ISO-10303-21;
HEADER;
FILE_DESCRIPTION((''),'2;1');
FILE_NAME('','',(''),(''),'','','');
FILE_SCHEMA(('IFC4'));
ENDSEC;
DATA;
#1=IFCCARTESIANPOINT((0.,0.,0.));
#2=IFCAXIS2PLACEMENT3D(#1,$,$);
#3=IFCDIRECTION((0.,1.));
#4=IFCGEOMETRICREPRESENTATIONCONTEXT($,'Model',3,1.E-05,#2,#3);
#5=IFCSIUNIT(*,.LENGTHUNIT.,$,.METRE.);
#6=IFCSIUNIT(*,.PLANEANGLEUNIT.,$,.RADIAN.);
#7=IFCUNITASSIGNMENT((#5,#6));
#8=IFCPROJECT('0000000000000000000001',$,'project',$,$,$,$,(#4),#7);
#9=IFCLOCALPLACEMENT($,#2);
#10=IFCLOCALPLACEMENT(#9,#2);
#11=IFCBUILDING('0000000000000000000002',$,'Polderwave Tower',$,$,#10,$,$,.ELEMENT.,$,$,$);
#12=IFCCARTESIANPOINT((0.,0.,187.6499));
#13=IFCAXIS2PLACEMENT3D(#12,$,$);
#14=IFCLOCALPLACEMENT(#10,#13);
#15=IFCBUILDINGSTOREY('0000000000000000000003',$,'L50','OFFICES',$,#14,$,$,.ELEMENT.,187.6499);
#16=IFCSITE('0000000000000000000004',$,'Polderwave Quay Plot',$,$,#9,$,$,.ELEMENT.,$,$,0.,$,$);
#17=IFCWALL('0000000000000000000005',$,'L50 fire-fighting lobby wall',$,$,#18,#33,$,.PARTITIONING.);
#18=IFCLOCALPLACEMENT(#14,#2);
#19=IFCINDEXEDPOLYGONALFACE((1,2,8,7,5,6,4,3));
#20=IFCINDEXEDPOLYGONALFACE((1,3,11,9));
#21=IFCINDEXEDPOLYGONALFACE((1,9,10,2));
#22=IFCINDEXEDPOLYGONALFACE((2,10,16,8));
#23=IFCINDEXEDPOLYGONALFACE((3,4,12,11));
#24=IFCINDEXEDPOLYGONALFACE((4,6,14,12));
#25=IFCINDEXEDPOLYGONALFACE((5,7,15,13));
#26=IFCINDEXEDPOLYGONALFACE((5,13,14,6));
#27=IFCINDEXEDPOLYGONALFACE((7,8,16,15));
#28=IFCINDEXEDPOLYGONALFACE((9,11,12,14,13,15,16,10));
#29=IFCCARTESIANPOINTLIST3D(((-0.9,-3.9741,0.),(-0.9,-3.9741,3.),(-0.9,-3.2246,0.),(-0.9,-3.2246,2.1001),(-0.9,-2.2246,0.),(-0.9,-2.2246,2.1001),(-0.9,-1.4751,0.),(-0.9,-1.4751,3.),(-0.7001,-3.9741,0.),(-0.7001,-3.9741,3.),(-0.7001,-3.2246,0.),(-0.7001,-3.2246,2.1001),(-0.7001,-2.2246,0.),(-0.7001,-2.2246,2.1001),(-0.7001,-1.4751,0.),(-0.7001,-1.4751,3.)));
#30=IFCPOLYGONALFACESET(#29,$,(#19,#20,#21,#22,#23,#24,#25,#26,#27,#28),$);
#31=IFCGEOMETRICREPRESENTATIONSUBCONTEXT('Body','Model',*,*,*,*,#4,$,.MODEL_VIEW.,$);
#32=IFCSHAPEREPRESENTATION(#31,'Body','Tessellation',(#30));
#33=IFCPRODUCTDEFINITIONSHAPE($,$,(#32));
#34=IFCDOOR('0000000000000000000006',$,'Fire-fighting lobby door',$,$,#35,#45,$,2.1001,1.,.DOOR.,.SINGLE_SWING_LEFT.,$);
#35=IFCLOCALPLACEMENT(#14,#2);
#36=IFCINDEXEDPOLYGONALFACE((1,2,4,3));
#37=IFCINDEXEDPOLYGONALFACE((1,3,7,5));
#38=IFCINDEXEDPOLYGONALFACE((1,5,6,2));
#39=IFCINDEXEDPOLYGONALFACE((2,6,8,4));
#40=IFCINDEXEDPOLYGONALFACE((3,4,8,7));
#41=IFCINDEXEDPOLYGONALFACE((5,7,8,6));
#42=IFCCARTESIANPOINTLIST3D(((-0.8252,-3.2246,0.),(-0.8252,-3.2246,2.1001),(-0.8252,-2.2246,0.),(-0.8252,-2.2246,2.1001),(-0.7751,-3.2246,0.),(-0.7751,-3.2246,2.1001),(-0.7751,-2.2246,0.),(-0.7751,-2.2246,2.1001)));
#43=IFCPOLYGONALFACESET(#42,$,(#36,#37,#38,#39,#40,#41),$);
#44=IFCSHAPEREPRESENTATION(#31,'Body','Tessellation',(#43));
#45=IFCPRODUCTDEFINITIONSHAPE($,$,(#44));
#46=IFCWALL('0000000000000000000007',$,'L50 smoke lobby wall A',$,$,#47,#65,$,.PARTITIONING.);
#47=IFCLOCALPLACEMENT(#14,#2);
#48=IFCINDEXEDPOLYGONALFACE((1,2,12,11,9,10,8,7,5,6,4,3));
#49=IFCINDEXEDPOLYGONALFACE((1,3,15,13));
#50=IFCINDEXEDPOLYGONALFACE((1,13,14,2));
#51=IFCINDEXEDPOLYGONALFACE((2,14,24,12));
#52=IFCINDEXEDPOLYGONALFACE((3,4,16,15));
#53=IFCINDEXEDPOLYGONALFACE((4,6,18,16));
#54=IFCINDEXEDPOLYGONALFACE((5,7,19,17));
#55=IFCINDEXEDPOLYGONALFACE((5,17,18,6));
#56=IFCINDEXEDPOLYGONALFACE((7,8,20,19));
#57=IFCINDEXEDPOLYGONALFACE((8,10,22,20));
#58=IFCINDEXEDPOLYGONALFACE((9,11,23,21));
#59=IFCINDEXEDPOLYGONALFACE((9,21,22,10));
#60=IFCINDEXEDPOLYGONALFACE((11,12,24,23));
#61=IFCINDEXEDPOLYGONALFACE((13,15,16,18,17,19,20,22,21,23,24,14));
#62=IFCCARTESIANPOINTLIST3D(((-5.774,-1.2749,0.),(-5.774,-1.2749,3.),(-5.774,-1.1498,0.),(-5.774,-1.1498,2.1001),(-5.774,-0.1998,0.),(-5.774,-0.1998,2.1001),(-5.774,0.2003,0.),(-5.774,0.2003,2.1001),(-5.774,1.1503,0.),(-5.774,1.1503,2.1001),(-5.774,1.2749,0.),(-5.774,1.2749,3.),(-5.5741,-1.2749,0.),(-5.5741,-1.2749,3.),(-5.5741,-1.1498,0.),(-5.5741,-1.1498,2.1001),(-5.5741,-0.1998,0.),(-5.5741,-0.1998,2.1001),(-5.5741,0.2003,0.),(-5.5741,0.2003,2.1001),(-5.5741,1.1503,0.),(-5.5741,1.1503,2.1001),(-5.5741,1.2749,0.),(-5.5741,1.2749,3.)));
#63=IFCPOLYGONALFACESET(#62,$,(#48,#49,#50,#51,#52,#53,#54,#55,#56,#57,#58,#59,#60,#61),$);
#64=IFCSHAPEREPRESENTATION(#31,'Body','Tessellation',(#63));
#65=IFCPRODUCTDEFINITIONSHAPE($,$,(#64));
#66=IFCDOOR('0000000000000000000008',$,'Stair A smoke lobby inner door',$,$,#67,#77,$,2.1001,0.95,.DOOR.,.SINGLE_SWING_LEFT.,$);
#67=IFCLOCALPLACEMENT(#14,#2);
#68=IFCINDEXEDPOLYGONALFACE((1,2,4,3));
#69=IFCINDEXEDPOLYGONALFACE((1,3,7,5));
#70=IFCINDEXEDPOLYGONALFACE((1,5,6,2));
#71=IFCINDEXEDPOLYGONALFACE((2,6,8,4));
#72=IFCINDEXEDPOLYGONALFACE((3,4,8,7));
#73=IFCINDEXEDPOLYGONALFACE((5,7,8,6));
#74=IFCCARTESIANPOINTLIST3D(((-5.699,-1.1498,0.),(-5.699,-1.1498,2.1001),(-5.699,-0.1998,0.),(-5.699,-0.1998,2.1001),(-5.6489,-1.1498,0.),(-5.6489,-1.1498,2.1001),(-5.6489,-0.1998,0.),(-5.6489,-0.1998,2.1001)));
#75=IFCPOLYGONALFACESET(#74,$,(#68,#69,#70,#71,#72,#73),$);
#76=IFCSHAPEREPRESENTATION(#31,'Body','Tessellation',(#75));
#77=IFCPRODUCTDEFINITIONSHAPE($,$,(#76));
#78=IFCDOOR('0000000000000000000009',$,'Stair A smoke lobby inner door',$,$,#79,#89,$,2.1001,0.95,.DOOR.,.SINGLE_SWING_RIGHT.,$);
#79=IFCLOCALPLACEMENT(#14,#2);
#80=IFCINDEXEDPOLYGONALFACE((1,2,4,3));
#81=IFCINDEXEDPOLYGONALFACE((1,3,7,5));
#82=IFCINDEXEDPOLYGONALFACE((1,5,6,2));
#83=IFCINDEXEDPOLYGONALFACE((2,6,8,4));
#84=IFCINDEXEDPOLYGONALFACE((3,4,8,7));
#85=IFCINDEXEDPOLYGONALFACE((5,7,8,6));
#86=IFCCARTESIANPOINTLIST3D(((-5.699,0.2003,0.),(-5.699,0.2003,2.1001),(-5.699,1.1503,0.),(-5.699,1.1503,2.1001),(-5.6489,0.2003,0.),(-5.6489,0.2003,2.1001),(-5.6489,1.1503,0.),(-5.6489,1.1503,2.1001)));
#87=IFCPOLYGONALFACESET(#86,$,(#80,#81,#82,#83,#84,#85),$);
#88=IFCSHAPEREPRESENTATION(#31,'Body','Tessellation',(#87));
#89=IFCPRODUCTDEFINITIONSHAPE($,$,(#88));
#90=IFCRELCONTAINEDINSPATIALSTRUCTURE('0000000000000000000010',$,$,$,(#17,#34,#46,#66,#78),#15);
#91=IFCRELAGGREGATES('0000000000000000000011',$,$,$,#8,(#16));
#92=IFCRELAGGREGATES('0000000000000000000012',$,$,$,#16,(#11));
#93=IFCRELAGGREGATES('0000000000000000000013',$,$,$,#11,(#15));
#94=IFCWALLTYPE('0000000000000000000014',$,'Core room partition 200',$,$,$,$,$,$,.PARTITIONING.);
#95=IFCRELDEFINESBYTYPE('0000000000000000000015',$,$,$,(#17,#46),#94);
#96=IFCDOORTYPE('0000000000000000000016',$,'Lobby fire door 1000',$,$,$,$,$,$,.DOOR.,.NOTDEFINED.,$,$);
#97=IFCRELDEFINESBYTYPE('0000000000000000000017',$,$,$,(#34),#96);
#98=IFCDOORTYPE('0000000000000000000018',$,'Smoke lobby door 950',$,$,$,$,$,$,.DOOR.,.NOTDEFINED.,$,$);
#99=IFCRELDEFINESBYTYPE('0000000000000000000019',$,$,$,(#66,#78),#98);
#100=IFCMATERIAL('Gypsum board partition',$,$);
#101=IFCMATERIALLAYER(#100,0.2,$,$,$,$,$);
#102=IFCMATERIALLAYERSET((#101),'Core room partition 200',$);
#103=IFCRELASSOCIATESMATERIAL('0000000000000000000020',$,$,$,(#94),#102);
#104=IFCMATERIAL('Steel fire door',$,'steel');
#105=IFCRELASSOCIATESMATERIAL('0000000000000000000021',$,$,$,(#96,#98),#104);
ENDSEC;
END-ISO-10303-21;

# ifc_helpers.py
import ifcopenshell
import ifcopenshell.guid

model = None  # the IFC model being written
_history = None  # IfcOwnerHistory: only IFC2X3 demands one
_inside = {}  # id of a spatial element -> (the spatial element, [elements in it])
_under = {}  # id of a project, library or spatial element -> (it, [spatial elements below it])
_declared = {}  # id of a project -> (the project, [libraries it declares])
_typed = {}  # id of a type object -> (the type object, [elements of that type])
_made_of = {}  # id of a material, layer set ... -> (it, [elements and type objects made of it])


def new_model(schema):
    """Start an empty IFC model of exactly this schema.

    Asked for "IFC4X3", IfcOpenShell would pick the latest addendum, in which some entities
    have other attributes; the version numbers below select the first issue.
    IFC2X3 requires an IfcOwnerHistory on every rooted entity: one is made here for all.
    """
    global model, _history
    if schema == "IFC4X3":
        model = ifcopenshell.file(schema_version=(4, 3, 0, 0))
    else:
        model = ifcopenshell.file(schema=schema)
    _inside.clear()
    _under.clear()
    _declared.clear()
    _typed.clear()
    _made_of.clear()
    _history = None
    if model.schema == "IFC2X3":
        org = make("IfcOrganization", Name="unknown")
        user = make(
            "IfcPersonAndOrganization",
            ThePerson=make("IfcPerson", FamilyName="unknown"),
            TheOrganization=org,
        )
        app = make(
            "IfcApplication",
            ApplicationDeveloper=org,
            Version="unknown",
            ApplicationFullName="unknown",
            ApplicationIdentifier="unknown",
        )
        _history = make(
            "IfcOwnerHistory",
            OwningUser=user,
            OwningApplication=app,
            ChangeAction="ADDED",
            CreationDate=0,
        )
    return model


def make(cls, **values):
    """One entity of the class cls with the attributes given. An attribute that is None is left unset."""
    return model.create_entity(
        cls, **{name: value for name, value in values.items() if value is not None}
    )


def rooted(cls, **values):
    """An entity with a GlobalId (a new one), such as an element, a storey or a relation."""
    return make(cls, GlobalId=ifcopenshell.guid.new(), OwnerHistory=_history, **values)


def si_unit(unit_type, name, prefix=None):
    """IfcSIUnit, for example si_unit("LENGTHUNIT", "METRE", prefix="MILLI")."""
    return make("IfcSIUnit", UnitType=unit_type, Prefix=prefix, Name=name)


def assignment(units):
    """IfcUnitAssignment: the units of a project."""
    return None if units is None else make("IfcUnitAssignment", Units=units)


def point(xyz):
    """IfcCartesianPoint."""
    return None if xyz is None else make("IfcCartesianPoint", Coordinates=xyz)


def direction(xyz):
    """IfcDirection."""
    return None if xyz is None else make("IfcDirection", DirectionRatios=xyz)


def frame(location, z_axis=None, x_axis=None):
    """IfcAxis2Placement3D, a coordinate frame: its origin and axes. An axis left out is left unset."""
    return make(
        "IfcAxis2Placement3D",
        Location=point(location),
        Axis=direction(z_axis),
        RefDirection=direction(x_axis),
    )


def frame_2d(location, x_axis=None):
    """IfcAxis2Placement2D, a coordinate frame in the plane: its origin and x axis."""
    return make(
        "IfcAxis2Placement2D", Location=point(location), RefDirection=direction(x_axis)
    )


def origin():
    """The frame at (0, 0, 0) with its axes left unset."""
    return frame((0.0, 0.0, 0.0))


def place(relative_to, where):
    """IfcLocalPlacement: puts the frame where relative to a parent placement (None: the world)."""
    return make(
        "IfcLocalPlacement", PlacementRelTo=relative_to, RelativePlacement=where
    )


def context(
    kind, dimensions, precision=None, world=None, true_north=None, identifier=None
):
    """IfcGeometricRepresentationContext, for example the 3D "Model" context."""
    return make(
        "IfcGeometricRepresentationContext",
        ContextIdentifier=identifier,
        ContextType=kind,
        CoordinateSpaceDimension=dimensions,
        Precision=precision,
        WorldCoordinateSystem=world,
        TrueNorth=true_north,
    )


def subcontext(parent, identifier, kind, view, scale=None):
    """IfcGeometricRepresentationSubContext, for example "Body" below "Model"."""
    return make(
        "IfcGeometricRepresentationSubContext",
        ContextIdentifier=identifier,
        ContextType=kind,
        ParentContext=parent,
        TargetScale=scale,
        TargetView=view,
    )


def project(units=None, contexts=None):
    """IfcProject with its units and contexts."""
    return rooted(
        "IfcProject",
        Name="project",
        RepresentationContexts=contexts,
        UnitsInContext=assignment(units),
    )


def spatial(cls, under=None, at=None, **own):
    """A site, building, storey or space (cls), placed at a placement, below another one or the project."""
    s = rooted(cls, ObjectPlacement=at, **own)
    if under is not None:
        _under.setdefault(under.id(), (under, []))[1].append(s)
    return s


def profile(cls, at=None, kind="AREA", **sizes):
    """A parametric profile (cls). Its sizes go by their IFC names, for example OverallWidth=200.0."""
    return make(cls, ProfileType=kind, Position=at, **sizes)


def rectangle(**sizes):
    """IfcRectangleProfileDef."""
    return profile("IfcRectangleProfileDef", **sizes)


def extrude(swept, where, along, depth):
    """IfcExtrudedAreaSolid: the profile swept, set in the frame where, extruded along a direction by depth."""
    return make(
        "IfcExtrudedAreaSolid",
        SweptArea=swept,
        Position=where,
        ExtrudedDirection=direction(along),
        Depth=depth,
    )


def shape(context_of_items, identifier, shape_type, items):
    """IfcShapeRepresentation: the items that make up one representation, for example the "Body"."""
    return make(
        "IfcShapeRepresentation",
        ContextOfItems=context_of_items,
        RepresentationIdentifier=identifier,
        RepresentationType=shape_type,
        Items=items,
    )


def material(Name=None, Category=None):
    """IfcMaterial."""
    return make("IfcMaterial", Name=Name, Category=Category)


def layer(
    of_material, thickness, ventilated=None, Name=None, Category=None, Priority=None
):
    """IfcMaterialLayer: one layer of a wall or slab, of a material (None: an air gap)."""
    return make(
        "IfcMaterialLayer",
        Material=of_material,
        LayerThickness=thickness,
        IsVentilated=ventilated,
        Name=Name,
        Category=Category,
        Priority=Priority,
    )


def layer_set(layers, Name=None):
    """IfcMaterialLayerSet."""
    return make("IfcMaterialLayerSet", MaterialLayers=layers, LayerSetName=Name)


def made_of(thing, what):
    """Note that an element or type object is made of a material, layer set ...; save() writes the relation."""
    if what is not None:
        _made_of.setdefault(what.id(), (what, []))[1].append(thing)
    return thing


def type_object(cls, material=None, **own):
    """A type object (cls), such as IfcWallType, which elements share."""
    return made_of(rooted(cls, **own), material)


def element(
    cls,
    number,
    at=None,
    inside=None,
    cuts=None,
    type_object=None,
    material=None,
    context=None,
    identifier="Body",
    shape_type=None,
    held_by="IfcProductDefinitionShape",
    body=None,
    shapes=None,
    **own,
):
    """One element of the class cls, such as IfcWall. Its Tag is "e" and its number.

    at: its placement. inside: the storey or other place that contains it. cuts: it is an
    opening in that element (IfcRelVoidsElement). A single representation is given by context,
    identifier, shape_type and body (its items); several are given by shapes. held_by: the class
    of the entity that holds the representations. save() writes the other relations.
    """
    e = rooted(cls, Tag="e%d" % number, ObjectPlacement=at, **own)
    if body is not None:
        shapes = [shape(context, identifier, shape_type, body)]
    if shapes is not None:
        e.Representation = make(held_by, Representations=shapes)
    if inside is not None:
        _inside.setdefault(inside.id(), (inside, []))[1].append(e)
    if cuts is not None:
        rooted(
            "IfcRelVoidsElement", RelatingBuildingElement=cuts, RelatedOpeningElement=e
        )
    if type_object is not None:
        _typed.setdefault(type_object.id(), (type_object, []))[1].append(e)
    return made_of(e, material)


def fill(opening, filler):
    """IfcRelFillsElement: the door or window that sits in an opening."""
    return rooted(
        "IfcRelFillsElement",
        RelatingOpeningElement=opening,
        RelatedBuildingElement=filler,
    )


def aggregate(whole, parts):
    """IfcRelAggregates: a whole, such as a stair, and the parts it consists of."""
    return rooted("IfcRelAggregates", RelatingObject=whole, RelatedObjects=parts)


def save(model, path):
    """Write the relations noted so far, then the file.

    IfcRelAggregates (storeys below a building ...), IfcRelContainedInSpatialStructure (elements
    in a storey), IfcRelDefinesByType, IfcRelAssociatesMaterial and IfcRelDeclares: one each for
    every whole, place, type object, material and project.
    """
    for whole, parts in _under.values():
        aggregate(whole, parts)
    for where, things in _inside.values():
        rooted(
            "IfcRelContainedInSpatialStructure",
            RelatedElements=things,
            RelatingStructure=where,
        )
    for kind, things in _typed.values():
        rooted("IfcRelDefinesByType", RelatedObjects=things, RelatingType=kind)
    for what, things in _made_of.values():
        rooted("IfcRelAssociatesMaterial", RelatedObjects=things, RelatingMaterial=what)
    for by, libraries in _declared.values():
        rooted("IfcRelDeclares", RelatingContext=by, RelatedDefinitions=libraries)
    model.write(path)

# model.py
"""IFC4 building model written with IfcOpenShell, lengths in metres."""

from ifc_helpers import new_model, si_unit, direction, frame, frame_2d, origin, place, context, subcontext, project, spatial, rectangle, extrude, material, layer, layer_set, type_object, element, fill, save


model = new_model("IFC4")

# Units and contexts
model_context = context("Model", 3, precision=1e-05, world=origin(), true_north=direction((0.0, 1.0)))
body_context = subcontext(model_context, "Body", "Model", "MODEL_VIEW")
ifc_project = project(units=[si_unit("LENGTHUNIT", "METRE"), si_unit("PLANEANGLEUNIT", "RADIAN")], contexts=[model_context])

# Site, building, storey
site_placement = place(None, origin())
site = spatial("IfcSite", under=ifc_project, at=site_placement, Name="Polderwave Quay Plot", CompositionType="ELEMENT", RefElevation=0.0)
building_placement = place(site_placement, origin())
building = spatial("IfcBuilding", under=site, at=building_placement, Name="Polderwave Tower", CompositionType="ELEMENT")
storey_placement = place(building_placement, frame((0.0, 0.0, 187.6499)))
storey = spatial("IfcBuildingStorey", under=building, at=storey_placement, Name="L50", Description="OFFICES", CompositionType="ELEMENT", Elevation=187.6499)

# Wall, opening, door
ifc_material_1 = material(Name="Gypsum board partition")
ifc_layer_1 = layer(ifc_material_1, 0.2)
ifc_layer_set_1 = layer_set([ifc_layer_1], Name="Core room partition 200")
wall_type_1 = type_object("IfcWallType", Name="Core room partition 200", PredefinedType="PARTITIONING", material=ifc_layer_set_1)
wall_1_placement = place(storey_placement, frame((-0.8, -3.9741, 0.0), z_axis=(0.0, 0.0, 1.0), x_axis=(0.0, 1.0, 0.0)))
wall_1 = element("IfcWall", 1, at=wall_1_placement, inside=storey, type_object=wall_type_1, Name="L50 fire-fighting lobby wall", PredefinedType="PARTITIONING", context=body_context, shape_type="SweptSolid", body=[
    extrude(rectangle(XDim=2.499, YDim=0.2, at=frame_2d((1.2495, 0.0))), origin(), (0.0, 0.0, 1.0), 3.0),
])
opening_1_placement = place(wall_1_placement, frame((0.7495, 0.0, 0.0)))
opening_1 = element("IfcOpeningElement", 2, at=opening_1_placement, cuts=wall_1, PredefinedType="OPENING", context=body_context, shape_type="SweptSolid", body=[
    extrude(rectangle(XDim=1.0, YDim=2.1001, at=frame_2d((0.5, 1.05))), frame((0.0, 0.1099, 0.0), z_axis=(0.0, -1.0, 0.0), x_axis=(1.0, 0.0, 0.0)), (0.0, 0.0, 1.0), 0.22),
])
ifc_material_2 = material(Name="Steel fire door", Category="steel")
door_type_1 = type_object("IfcDoorType", Name="Lobby fire door 1000", OperationType="NOTDEFINED", PredefinedType="DOOR", material=ifc_material_2)
door_1_placement = place(opening_1_placement, frame((1.0, 0.0, 0.0), z_axis=(0.0, 0.0, 1.0), x_axis=(-1.0, 0.0, 0.0)))
door_1 = element("IfcDoor", 3, at=door_1_placement, inside=storey, type_object=door_type_1, Name="Fire-fighting lobby door", OperationType="SINGLE_SWING_LEFT", OverallHeight=2.1001, OverallWidth=1.0, PredefinedType="DOOR", context=body_context, shape_type="SweptSolid", body=[
    extrude(rectangle(XDim=1.0, YDim=2.1001, at=frame_2d((0.5, 1.05))), frame((0.0, 0.0249, 0.0), z_axis=(0.0, -1.0, 0.0), x_axis=(1.0, 0.0, 0.0)), (0.0, 0.0, 1.0), 0.05),
])
fill(opening_1, door_1)

# Wall, openings, doors
wall_2_placement = place(storey_placement, frame((-5.6741, -1.2749, 0.0), z_axis=(0.0, 0.0, 1.0), x_axis=(0.0, 1.0, 0.0)))
wall_2 = element("IfcWall", 4, at=wall_2_placement, inside=storey, type_object=wall_type_1, Name="L50 smoke lobby wall A", PredefinedType="PARTITIONING", context=body_context, shape_type="SweptSolid", body=[
    extrude(rectangle(XDim=2.5498, YDim=0.2, at=frame_2d((1.2749, 0.0))), origin(), (0.0, 0.0, 1.0), 3.0),
])
opening_2_placement = place(wall_2_placement, frame((0.125, 0.0, 0.0)))
opening_2 = element("IfcOpeningElement", 5, at=opening_2_placement, cuts=wall_2, PredefinedType="OPENING", context=body_context, shape_type="SweptSolid", body=[
    extrude(rectangle(XDim=0.95, YDim=2.1001, at=frame_2d((0.4751, 1.05))), frame((0.0, 0.1099, 0.0), z_axis=(0.0, -1.0, 0.0), x_axis=(1.0, 0.0, 0.0)), (0.0, 0.0, 1.0), 0.22),
])
opening_3_placement = place(wall_2_placement, frame((1.4751, 0.0, 0.0)))
opening_3 = element("IfcOpeningElement", 6, at=opening_3_placement, cuts=wall_2, PredefinedType="OPENING", context=body_context, shape_type="SweptSolid", body=[
    extrude(rectangle(XDim=0.95, YDim=2.1001, at=frame_2d((0.4751, 1.05))), frame((0.0, 0.1099, 0.0), z_axis=(0.0, -1.0, 0.0), x_axis=(1.0, 0.0, 0.0)), (0.0, 0.0, 1.0), 0.22),
])
door_type_2 = type_object("IfcDoorType", Name="Smoke lobby door 950", OperationType="NOTDEFINED", PredefinedType="DOOR", material=ifc_material_2)
door_2_placement = place(opening_2_placement, origin())
door_2 = element("IfcDoor", 7, at=door_2_placement, inside=storey, type_object=door_type_2, Name="Stair A smoke lobby inner door", OperationType="SINGLE_SWING_LEFT", OverallHeight=2.1001, OverallWidth=0.95, PredefinedType="DOOR", context=body_context, shape_type="SweptSolid", body=[
    extrude(rectangle(XDim=0.95, YDim=2.1001, at=frame_2d((0.4751, 1.05))), frame((0.0, 0.0249, 0.0), z_axis=(0.0, -1.0, 0.0), x_axis=(1.0, 0.0, 0.0)), (0.0, 0.0, 1.0), 0.05),
])
fill(opening_2, door_2)
door_3_placement = place(opening_3_placement, origin())
door_3 = element("IfcDoor", 8, at=door_3_placement, inside=storey, type_object=door_type_2, Name="Stair A smoke lobby inner door", OperationType="SINGLE_SWING_RIGHT", OverallHeight=2.1001, OverallWidth=0.95, PredefinedType="DOOR", context=body_context, shape_type="SweptSolid", body=[
    extrude(rectangle(XDim=0.95, YDim=2.1001, at=frame_2d((0.4751, 1.05))), frame((0.0, 0.0249, 0.0), z_axis=(0.0, -1.0, 0.0), x_axis=(1.0, 0.0, 0.0)), (0.0, 0.0, 1.0), 0.05),
])
fill(opening_3, door_3)

save(model, "model.ifc")
